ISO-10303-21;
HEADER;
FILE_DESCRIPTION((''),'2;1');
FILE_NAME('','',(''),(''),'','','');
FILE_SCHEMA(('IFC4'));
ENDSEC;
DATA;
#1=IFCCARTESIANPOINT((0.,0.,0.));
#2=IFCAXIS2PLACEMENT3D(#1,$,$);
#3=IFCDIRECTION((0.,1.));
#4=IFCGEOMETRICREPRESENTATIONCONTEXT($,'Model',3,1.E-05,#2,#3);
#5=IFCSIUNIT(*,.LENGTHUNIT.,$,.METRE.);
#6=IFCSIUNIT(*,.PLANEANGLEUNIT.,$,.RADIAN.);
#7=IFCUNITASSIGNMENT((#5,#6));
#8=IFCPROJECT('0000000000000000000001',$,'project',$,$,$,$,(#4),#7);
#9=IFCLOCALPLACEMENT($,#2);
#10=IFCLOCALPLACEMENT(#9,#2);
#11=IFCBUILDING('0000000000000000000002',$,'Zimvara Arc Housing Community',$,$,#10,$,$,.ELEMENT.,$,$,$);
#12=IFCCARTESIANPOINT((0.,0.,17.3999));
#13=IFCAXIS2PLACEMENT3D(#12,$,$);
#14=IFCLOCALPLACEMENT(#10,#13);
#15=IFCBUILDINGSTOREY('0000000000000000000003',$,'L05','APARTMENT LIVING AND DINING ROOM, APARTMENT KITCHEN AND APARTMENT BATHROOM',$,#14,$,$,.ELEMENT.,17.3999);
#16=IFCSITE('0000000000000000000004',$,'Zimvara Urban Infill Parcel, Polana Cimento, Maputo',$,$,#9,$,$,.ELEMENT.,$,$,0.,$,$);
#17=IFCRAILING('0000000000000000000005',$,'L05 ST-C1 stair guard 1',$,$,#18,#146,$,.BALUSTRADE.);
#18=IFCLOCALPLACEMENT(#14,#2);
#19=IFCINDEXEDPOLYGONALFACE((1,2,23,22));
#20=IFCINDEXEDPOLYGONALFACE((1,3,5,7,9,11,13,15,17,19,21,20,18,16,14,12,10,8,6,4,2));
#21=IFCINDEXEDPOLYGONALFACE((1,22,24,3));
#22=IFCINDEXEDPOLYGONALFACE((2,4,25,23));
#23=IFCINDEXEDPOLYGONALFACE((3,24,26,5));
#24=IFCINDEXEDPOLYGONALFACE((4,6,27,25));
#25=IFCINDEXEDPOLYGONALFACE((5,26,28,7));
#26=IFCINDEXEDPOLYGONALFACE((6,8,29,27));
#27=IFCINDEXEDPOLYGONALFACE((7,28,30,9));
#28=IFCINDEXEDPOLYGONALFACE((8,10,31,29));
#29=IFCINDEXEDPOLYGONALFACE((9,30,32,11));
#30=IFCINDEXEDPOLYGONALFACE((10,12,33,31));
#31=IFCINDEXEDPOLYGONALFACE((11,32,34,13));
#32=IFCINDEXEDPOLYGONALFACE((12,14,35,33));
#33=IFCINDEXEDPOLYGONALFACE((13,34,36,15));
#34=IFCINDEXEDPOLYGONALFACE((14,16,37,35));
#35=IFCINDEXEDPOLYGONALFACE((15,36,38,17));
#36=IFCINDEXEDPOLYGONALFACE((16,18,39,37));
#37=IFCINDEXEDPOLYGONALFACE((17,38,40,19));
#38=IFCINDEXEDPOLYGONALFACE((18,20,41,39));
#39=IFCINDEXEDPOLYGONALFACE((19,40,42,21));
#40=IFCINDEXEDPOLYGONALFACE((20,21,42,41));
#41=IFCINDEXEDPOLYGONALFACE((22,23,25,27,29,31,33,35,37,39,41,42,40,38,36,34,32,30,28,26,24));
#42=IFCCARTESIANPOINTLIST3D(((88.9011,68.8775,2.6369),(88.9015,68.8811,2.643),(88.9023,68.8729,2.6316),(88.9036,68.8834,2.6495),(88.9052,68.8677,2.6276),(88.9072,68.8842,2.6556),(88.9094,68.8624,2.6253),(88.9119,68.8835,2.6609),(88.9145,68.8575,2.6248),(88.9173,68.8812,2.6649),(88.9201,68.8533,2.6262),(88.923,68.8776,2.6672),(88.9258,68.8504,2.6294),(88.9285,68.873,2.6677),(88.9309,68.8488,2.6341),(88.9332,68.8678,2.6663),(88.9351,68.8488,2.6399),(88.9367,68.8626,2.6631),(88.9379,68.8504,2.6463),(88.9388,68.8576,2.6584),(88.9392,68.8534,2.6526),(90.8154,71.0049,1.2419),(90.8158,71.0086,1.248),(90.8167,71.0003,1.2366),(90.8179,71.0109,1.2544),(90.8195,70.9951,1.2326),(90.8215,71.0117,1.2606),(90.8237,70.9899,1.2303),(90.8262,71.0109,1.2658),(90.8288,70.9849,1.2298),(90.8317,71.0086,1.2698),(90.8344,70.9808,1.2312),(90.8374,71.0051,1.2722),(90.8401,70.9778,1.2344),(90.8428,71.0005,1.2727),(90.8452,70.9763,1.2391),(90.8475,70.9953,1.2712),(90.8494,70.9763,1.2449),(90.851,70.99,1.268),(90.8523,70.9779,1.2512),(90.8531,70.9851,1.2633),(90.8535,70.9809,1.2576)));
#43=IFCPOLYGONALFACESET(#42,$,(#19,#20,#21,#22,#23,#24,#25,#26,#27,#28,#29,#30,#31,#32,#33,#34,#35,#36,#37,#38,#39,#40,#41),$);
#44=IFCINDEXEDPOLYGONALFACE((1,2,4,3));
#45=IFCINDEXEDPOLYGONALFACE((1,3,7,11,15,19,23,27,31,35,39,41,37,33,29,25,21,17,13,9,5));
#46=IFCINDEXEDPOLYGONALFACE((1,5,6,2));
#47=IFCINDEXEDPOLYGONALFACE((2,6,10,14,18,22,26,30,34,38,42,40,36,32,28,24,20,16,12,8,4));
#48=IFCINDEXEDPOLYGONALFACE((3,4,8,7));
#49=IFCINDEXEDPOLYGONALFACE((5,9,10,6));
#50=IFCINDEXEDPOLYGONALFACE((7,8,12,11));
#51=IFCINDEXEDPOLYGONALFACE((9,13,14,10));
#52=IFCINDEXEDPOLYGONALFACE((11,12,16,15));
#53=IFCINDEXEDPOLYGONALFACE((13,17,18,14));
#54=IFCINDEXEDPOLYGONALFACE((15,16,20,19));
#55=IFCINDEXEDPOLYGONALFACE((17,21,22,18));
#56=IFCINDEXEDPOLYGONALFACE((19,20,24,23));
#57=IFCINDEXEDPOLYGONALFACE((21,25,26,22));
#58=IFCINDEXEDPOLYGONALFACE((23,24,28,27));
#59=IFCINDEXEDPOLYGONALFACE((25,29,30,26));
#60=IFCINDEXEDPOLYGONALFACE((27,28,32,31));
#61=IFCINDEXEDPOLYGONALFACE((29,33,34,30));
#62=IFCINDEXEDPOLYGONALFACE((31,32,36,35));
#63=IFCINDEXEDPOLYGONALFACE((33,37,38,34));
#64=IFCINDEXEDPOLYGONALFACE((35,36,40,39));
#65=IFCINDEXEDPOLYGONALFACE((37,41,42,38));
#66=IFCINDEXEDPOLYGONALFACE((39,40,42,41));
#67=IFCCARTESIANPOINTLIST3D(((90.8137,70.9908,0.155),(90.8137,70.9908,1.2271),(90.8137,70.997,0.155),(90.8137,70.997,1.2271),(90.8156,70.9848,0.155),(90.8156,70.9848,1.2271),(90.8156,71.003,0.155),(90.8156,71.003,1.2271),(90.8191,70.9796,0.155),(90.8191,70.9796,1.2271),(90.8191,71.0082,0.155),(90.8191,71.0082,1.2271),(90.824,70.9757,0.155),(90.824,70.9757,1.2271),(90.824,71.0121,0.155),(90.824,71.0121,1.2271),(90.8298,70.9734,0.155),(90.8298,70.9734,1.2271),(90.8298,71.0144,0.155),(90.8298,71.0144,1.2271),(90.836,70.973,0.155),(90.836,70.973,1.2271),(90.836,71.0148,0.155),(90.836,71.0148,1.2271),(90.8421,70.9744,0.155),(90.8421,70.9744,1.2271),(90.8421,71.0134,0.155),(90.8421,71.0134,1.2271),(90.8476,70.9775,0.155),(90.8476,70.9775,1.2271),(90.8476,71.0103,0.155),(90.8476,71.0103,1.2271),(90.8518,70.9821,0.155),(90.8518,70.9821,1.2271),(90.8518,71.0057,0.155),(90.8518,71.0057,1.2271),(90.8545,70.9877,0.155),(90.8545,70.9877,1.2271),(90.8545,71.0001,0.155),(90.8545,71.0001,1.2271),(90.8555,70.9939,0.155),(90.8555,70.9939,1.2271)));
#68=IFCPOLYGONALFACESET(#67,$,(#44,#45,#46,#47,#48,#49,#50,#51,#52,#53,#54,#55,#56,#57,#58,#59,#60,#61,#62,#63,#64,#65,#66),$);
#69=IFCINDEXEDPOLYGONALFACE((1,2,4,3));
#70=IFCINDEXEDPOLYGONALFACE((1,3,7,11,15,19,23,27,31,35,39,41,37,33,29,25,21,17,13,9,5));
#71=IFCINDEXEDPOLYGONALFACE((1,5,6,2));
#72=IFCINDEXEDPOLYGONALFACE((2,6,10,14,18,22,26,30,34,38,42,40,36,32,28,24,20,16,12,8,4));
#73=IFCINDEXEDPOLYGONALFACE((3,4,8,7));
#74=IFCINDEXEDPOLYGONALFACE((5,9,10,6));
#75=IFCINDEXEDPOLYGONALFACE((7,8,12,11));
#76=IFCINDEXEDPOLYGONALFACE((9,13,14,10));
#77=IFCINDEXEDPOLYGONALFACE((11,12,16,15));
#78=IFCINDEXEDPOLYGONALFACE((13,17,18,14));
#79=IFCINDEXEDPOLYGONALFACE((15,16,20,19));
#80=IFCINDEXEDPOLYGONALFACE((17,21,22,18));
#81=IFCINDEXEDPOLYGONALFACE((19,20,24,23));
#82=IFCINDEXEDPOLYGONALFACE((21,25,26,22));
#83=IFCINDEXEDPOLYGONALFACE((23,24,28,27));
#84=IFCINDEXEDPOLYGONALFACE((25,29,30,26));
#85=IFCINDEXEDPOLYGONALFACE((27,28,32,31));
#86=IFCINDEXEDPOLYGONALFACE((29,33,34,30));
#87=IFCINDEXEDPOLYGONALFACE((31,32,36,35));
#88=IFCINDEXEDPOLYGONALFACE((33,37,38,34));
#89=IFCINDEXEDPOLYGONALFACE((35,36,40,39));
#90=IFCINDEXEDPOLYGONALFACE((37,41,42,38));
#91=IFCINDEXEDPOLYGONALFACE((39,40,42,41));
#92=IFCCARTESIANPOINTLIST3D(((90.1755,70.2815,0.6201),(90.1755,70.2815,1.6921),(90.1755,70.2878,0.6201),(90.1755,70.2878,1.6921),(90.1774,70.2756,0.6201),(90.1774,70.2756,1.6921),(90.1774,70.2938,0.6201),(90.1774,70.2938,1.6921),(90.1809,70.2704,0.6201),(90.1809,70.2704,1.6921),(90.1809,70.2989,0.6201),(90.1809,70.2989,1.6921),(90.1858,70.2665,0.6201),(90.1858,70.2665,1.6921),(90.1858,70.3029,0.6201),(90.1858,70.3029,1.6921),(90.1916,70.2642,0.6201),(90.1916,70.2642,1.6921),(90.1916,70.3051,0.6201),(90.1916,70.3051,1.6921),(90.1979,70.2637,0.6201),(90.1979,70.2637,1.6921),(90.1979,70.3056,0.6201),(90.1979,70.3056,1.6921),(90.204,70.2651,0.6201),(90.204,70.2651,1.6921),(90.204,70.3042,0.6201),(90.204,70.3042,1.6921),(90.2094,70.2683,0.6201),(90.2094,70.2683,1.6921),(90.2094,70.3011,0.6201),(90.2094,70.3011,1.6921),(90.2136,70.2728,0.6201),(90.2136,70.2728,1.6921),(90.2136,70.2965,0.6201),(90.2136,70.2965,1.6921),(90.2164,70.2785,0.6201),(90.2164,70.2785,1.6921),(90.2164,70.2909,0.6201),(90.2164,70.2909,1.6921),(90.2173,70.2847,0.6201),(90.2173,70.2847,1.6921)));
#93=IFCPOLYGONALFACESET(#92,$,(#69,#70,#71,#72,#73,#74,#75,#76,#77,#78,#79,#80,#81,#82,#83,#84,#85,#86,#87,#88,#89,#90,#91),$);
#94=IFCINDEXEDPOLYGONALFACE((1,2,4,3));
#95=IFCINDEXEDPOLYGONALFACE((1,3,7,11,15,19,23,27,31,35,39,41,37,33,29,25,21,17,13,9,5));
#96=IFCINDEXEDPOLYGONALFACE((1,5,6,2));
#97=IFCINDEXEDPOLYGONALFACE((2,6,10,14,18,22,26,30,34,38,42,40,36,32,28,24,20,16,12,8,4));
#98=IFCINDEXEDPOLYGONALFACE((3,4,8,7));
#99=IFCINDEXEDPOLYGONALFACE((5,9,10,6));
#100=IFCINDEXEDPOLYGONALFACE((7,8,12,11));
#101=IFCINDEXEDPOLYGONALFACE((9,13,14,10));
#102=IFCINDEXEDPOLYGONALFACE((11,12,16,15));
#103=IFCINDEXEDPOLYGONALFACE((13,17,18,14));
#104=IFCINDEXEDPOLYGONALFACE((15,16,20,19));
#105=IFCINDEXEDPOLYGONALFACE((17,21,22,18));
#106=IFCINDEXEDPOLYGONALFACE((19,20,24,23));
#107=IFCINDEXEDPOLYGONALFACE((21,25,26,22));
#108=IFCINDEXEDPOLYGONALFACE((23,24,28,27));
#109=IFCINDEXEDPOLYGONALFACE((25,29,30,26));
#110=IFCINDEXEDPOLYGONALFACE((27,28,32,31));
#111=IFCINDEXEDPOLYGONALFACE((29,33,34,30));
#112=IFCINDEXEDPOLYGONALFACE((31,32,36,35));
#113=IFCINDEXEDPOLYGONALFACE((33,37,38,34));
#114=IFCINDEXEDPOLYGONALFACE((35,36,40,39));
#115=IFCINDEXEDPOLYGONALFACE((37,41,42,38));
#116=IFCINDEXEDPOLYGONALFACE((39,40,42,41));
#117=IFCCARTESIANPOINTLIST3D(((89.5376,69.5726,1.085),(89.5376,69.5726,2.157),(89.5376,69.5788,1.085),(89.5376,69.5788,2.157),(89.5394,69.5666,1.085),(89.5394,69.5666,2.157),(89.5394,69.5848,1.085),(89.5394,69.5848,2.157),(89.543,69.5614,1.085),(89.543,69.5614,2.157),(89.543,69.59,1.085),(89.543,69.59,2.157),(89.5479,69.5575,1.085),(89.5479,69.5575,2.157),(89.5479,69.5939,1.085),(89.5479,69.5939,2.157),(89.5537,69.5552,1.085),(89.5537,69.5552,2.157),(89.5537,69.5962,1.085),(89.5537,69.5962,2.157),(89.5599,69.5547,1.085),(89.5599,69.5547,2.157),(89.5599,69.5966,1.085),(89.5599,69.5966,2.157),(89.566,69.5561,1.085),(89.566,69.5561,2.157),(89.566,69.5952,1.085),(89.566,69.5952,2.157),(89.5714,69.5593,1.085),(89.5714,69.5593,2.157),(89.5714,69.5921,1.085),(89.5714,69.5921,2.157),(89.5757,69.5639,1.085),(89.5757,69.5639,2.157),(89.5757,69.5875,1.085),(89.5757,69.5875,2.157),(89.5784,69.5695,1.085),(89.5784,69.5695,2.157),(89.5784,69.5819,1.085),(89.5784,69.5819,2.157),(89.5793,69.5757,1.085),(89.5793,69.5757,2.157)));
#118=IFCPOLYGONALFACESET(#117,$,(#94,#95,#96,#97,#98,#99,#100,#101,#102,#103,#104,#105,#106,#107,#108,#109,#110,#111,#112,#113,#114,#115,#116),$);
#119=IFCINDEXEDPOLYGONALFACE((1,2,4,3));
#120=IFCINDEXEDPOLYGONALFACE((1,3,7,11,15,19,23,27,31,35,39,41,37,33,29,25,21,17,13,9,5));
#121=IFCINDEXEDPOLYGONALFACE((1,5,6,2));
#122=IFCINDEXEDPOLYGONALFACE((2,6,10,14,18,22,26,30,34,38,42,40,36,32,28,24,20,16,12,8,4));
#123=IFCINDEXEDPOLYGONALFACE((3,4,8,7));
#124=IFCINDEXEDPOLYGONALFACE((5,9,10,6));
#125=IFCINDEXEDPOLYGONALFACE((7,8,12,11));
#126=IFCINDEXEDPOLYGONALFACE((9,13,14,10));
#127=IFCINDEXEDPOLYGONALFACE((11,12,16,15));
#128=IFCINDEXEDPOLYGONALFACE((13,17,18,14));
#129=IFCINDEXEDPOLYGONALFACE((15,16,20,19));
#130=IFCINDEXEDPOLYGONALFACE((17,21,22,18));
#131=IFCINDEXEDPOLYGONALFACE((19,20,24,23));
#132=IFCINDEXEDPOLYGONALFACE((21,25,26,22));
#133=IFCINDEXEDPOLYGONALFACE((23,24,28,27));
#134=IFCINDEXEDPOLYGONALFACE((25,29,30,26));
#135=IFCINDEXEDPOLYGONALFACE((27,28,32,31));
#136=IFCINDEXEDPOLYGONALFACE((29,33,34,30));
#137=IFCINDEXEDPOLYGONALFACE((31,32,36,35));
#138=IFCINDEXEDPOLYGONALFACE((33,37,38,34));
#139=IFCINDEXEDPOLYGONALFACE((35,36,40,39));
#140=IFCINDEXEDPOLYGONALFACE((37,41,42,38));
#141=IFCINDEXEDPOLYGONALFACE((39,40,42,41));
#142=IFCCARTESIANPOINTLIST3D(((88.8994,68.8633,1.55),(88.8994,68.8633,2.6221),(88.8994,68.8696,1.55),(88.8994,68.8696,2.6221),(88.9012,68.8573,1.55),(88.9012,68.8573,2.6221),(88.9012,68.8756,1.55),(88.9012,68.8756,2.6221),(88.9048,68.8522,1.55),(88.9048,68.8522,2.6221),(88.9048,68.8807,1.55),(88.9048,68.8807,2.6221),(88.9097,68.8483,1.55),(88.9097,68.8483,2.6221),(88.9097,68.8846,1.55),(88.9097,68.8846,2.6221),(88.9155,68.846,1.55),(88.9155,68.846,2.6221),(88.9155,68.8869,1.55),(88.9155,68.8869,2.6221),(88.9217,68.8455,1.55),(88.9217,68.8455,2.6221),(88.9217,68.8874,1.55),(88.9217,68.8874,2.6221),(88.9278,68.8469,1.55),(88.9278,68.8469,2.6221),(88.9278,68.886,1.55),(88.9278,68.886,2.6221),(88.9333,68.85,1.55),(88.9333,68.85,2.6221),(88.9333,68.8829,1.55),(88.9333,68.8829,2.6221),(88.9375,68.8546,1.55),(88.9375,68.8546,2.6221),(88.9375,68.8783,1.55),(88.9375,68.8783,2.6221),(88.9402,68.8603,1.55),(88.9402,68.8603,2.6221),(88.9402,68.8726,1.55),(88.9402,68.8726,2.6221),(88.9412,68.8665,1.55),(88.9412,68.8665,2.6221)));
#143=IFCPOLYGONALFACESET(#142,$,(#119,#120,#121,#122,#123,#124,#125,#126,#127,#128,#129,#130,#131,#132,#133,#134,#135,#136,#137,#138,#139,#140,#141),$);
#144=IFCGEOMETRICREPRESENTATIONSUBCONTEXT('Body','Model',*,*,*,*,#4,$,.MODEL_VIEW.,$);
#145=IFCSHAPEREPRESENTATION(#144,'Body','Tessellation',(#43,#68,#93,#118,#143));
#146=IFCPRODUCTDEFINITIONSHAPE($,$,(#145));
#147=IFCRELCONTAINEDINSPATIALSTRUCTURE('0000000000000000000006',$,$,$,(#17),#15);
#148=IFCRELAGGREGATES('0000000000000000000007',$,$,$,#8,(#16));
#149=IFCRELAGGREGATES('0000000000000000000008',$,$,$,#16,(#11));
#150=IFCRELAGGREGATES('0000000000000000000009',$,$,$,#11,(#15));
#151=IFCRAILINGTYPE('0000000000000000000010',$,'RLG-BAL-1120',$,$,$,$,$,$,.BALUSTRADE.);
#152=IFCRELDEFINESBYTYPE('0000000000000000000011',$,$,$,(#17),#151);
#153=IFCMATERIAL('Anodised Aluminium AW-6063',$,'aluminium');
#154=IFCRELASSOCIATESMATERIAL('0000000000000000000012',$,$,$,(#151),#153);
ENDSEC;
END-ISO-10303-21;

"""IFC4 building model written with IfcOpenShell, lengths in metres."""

from ifc_helpers import new_model, si_unit, direction, frame, origin, origin_2d, place, context, subcontext, project, spatial, circle, extrude, material, type_object, element, save


model = new_model("IFC4")

# Units and contexts
model_context = context("Model", 3, precision=1e-05, world=origin(), true_north=direction((0.0, 1.0)))
body_context = subcontext(model_context, "Body", "Model", "MODEL_VIEW")
ifc_project = project(units=[si_unit("LENGTHUNIT", "METRE"), si_unit("PLANEANGLEUNIT", "RADIAN")], contexts=[model_context])

# Site, building, storey
site_placement = place(None, origin())
site = spatial("IfcSite", under=ifc_project, at=site_placement, Name="Zimvara Urban Infill Parcel, Polana Cimento, Maputo", CompositionType="ELEMENT", RefElevation=0.0)
building_placement = place(site_placement, origin())
building = spatial("IfcBuilding", under=site, at=building_placement, Name="Zimvara Arc Housing Community", CompositionType="ELEMENT")
storey_placement = place(building_placement, frame((0.0, 0.0, 17.3999)))
storey = spatial("IfcBuildingStorey", under=building, at=storey_placement, Name="L05", Description="APARTMENT LIVING AND DINING ROOM, APARTMENT KITCHEN AND APARTMENT BATHROOM", CompositionType="ELEMENT", Elevation=17.3999)

# Railing
ifc_material_1 = material(Name="Anodised Aluminium AW-6063", Category="aluminium")
railing_type_1 = type_object("IfcRailingType", Name="RLG-BAL-1120", PredefinedType="BALUSTRADE", material=ifc_material_1)
railing_1_placement = place(storey_placement, frame((90.8345, 70.9939, 0.155)))
element("IfcRailing", 1, at=railing_1_placement, inside=storey, type_object=railing_type_1, Name="L05 ST-C1 stair guard 1", PredefinedType="BALUSTRADE", context=body_context, shape_type="SweptSolid", body=[
    extrude(circle(Radius=0.0239, at=origin_2d()), frame((0.0, 0.0, 1.0962), z_axis=(-0.601263, -0.668206, 0.43816), x_axis=(0.743362, -0.668889, 0.0)), (0.0, 0.0, 1.0), 3.1838),
    extrude(circle(Radius=0.021, at=origin_2d()), origin(), (0.0, 0.0, 1.0), 1.072),
    extrude(circle(Radius=0.021, at=origin_2d()), frame((-0.6382, -0.7092, 0.4651)), (0.0, 0.0, 1.0), 1.072),
    extrude(circle(Radius=0.021, at=origin_2d()), frame((-1.2761, -1.4182, 0.9299)), (0.0, 0.0, 1.0), 1.072),
    extrude(circle(Radius=0.021, at=origin_2d()), frame((-1.9143, -2.1274, 1.395)), (0.0, 0.0, 1.0), 1.072),
])

save(model, "model.ifc")
